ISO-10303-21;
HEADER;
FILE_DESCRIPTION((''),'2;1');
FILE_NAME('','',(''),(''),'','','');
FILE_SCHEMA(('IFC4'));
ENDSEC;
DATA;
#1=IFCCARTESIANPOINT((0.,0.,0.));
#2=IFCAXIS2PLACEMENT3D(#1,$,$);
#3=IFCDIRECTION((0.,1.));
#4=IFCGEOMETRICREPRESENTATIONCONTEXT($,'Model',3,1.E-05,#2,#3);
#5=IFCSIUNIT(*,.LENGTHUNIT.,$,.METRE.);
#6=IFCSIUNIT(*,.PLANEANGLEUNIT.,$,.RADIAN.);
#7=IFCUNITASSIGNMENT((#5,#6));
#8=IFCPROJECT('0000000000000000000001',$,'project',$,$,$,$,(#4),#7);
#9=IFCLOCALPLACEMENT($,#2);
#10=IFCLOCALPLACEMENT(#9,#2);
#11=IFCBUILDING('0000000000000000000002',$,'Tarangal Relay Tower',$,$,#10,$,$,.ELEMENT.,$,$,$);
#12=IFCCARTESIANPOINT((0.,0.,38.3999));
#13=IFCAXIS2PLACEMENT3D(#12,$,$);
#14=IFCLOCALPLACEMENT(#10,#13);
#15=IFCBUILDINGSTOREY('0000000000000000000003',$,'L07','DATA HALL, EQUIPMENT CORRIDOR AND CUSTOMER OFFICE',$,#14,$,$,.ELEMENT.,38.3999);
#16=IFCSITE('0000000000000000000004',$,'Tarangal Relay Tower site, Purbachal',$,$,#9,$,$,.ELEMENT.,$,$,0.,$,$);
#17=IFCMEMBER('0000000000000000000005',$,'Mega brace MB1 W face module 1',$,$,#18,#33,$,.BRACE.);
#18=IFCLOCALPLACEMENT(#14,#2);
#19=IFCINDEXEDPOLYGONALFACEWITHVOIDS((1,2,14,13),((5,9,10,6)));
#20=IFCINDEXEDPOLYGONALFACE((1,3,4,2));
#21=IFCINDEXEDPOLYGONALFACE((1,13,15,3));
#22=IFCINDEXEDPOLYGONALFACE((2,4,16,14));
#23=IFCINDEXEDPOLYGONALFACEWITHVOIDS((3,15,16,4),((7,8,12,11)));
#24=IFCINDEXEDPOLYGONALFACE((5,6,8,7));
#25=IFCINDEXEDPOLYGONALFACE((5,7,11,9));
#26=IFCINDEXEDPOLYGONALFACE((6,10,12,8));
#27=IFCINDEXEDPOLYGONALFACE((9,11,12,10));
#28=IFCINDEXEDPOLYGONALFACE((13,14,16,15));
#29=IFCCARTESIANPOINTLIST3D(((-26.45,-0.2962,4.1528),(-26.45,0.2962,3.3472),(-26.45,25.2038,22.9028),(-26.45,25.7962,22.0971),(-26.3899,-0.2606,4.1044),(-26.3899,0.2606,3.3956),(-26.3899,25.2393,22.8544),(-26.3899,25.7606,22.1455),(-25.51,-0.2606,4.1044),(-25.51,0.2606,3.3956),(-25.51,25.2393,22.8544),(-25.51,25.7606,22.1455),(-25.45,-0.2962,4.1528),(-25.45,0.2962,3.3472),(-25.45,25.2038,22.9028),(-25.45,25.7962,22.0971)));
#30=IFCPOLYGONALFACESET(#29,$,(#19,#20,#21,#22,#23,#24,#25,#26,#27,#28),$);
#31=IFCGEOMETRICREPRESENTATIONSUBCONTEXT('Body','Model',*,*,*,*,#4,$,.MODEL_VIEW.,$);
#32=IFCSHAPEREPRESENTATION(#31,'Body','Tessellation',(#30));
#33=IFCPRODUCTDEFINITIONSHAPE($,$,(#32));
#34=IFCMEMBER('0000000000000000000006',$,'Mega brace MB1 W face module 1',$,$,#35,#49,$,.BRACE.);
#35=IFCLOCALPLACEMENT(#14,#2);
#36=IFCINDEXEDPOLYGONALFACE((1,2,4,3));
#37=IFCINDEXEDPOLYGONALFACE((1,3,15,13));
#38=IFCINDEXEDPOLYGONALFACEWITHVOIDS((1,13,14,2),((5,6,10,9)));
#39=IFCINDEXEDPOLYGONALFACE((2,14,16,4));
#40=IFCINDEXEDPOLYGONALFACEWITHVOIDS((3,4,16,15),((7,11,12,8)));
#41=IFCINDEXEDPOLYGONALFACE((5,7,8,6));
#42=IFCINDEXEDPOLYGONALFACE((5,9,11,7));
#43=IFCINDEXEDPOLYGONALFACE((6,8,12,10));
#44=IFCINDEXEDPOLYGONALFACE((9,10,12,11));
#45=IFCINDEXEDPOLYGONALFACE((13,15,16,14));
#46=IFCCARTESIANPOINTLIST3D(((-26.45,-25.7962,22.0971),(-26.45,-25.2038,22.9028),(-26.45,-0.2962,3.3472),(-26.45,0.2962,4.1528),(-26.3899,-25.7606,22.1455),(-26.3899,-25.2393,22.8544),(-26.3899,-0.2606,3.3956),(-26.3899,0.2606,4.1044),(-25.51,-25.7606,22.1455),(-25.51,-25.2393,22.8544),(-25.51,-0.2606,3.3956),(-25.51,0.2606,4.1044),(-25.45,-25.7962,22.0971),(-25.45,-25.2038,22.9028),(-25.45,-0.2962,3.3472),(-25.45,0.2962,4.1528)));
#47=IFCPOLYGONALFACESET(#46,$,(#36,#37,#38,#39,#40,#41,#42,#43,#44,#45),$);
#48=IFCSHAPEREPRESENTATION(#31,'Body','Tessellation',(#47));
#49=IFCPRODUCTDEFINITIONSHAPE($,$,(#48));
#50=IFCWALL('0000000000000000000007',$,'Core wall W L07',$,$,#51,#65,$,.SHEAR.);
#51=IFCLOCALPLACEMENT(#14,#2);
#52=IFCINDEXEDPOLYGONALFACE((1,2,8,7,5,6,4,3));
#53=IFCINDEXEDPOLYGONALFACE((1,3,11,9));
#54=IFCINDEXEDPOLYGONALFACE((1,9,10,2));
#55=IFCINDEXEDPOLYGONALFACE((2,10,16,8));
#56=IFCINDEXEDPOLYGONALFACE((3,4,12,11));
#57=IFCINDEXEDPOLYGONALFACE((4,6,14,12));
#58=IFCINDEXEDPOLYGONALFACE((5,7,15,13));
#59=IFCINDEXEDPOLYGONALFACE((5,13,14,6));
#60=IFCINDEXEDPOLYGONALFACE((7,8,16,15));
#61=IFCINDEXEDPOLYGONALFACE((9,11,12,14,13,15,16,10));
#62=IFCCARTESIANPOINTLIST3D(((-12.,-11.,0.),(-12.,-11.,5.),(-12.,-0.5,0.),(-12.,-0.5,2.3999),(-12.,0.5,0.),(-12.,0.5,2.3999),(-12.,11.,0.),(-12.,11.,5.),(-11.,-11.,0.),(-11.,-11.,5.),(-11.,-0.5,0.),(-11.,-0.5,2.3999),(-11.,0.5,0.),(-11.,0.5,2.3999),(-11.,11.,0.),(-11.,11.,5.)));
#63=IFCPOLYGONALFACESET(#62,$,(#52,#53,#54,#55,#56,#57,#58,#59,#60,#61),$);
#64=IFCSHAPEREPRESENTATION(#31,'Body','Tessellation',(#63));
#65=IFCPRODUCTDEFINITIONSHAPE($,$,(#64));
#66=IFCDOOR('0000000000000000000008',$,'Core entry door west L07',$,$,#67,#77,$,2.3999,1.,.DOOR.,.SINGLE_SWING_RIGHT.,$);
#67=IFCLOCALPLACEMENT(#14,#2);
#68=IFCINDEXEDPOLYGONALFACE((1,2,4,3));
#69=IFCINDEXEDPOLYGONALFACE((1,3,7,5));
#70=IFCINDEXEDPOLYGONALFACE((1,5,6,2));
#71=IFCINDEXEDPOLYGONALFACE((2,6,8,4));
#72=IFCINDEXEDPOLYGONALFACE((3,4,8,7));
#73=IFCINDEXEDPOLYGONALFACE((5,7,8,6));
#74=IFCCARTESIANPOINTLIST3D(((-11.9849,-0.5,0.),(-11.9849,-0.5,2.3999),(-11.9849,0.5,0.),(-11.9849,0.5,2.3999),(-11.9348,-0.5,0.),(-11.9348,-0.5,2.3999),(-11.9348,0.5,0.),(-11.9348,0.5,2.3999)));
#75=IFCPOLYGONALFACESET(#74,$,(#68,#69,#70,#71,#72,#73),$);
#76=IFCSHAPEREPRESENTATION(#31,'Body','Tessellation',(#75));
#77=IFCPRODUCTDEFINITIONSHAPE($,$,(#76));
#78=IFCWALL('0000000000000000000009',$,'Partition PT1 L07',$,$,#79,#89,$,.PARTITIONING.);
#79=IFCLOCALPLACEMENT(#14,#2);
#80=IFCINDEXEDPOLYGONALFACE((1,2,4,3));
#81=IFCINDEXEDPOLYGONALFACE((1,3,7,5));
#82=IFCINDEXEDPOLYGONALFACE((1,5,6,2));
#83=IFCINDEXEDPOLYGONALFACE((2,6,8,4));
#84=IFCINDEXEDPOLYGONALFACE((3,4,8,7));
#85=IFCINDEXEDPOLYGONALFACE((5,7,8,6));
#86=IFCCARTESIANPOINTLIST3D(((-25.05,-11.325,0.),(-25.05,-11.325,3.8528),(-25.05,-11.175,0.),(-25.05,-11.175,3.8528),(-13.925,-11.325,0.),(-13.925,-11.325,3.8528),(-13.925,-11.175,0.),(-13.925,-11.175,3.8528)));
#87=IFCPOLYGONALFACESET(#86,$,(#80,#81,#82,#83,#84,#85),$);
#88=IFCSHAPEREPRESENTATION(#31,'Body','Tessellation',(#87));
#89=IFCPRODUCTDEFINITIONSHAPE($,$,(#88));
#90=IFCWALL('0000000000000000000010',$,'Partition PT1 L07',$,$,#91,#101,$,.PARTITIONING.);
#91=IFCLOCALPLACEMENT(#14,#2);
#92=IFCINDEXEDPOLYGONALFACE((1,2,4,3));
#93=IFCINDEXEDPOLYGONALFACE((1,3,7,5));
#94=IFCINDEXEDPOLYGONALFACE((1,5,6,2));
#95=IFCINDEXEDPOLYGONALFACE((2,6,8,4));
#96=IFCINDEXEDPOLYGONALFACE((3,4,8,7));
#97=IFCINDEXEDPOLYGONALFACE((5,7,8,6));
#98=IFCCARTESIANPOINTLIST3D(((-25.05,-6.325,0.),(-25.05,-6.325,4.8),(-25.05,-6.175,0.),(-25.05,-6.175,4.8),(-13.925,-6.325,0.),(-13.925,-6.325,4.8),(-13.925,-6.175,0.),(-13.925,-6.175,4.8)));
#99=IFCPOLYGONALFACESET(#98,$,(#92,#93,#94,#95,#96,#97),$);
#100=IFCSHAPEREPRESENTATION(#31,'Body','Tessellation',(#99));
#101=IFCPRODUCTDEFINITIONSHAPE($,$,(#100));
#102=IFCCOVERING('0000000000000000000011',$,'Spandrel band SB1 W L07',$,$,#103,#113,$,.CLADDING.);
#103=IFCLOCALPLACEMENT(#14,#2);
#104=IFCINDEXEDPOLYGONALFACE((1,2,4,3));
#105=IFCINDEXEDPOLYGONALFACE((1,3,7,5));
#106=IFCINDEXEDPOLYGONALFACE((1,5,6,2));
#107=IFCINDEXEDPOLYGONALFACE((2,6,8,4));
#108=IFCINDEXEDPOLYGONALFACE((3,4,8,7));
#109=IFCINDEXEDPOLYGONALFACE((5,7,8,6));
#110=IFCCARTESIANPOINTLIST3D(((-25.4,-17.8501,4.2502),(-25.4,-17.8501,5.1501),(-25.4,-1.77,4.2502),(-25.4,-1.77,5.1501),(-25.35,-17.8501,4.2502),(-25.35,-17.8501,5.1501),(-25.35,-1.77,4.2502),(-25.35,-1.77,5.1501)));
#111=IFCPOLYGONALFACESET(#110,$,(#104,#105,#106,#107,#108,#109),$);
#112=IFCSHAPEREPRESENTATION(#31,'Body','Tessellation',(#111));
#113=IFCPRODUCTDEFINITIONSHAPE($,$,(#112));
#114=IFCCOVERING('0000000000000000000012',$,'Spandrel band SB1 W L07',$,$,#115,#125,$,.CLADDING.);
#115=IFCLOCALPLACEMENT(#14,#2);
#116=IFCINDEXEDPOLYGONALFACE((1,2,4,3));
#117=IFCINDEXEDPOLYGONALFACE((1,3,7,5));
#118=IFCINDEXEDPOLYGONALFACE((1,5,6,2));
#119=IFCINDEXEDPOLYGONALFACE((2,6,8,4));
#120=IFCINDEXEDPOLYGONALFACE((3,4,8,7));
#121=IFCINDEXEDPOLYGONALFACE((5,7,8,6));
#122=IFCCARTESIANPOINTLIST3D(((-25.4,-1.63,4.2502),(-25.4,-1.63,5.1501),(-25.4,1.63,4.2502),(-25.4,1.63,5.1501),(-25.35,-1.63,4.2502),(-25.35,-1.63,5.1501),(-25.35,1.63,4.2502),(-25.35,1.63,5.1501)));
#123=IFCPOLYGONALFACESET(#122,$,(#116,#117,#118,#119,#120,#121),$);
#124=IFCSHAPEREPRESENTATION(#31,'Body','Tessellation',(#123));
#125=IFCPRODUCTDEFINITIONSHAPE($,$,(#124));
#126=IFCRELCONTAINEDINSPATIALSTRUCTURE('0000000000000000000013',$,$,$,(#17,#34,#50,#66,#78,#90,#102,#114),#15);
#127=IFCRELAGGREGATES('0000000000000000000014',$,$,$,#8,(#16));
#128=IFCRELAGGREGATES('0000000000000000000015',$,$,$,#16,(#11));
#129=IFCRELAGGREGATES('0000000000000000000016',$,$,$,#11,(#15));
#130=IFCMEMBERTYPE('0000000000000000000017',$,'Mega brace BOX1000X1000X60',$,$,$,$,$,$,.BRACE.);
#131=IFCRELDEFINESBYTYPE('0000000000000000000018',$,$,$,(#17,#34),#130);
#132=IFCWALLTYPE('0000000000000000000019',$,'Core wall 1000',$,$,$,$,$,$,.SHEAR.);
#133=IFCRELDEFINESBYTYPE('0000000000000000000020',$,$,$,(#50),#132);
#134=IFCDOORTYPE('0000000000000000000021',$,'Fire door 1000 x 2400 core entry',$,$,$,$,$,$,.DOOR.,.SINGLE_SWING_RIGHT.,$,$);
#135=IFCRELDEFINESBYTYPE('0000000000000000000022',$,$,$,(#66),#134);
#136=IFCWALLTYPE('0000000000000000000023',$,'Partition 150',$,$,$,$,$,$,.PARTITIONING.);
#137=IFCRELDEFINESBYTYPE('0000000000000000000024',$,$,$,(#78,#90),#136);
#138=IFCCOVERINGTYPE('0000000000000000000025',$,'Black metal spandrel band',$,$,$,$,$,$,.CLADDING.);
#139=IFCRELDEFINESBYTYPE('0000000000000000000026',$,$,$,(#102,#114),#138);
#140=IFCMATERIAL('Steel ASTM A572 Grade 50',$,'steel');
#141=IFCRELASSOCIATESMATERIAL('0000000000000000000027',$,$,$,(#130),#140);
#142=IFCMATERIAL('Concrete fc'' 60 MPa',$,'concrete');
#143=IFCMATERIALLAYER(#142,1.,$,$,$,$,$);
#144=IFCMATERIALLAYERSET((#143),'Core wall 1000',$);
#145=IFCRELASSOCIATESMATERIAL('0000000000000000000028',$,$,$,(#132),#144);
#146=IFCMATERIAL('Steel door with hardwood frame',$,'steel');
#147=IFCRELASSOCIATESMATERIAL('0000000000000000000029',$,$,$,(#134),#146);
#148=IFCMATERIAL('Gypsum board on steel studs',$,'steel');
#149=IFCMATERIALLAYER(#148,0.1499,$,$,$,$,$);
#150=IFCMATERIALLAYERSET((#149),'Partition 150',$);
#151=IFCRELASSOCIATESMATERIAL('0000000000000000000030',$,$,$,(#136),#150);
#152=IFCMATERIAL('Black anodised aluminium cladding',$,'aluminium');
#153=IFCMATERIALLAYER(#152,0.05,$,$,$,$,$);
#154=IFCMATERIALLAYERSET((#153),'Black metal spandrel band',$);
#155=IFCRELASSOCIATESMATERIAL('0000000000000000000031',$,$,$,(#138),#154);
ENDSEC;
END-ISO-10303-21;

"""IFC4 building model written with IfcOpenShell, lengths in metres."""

from ifc_helpers import new_model, si_unit, direction, frame, frame_2d, origin, origin_2d, place, context, subcontext, project, spatial, rectangle, hollow_rectangle, extrude, material, layer, layer_set, material_profile, profile_set, type_object, element, fill, save


model = new_model("IFC4")

# Units and contexts
model_context = context("Model", 3, precision=1e-05, world=origin(), true_north=direction((0.0, 1.0)))
body_context = subcontext(model_context, "Body", "Model", "MODEL_VIEW")
ifc_project = project(units=[si_unit("LENGTHUNIT", "METRE"), si_unit("PLANEANGLEUNIT", "RADIAN")], contexts=[model_context])

# Site, building, storey
site_placement = place(None, origin())
site = spatial("IfcSite", under=ifc_project, at=site_placement, Name="Tarangal Relay Tower site, Purbachal", CompositionType="ELEMENT", RefElevation=0.0)
building_placement = place(site_placement, origin())
building = spatial("IfcBuilding", under=site, at=building_placement, Name="Tarangal Relay Tower", CompositionType="ELEMENT")
storey_placement = place(building_placement, frame((0.0, 0.0, 38.3999)))
storey = spatial("IfcBuildingStorey", under=building, at=storey_placement, Name="L07", Description="DATA HALL, EQUIPMENT CORRIDOR AND CUSTOMER OFFICE", CompositionType="ELEMENT", Elevation=38.3999)

# Shared definitions
ifc_material_1 = material(Name="Steel ASTM A572 Grade 50", Category="steel")

# Members
ifc_material_profile_1 = material_profile(ifc_material_1, hollow_rectangle(XDim=1.0, YDim=1.0, WallThickness=0.0601, at=origin_2d()), Name="BOX1000X1000X60")
ifc_profile_set_1 = profile_set([ifc_material_profile_1], Name="Steel ASTM A572 Grade 50")
member_type = type_object("IfcMemberType", Name="Mega brace BOX1000X1000X60", PredefinedType="BRACE", material=ifc_profile_set_1)
for number, where, z_axis, x_axis, name in (
    (1, (-25.95, 0.0, 3.75), (0.0, 0.805651, 0.59239), (-1.0, 0.0, 0.0), "Mega brace MB1 W face module 1"),
    (2, (-25.95, 0.0, 3.75), (0.0, -0.805651, 0.59239), (1.0, 0.0, 0.0), "Mega brace MB1 W face module 1"),
):
    element("IfcMember", number, at=place(storey_placement, frame(where, z_axis=z_axis, x_axis=x_axis)), inside=storey, type_object=member_type, Name=name, PredefinedType="BRACE", context=body_context, shape_type="SweptSolid", body=[
        extrude(hollow_rectangle(XDim=1.0, YDim=1.0, WallThickness=0.0601, at=origin_2d()), origin(), (0.0, 0.0, 1.0), 31.6514),
    ])

# Wall, opening, door
ifc_material_2 = material(Name="Concrete fc' 60 MPa", Category="concrete")
ifc_layer_1 = layer(ifc_material_2, 1.0)
ifc_layer_set_1 = layer_set([ifc_layer_1], Name="Core wall 1000")
wall_type_1 = type_object("IfcWallType", Name="Core wall 1000", PredefinedType="SHEAR", material=ifc_layer_set_1)
wall_1_placement = place(storey_placement, frame((-11.5, -11.0, 0.0), z_axis=(0.0, 0.0, 1.0), x_axis=(0.0, 1.0, 0.0)))
wall_1 = element("IfcWall", 3, at=wall_1_placement, inside=storey, type_object=wall_type_1, Name="Core wall W L07", PredefinedType="SHEAR", context=body_context, shape_type="SweptSolid", body=[
    extrude(rectangle(XDim=22.0, YDim=1.0, at=frame_2d((11.0, 0.0))), origin(), (0.0, 0.0, 1.0), 5.0),
])
opening_placement = place(wall_1_placement, frame((10.5, 0.0, 0.0)))
opening = element("IfcOpeningElement", 4, at=opening_placement, cuts=wall_1, PredefinedType="OPENING", context=body_context, shape_type="SweptSolid", body=[
    extrude(rectangle(XDim=1.0, YDim=2.3999, at=frame_2d((0.5, 1.2))), frame((0.0, 0.51, 0.0), z_axis=(0.0, -1.0, 0.0), x_axis=(1.0, 0.0, 0.0)), (0.0, 0.0, 1.0), 1.02),
])
ifc_material_3 = material(Name="Steel door with hardwood frame", Category="steel")
door_type = type_object("IfcDoorType", Name="Fire door 1000 x 2400 core entry", OperationType="SINGLE_SWING_RIGHT", PredefinedType="DOOR", material=ifc_material_3)
door_placement = place(opening_placement, origin())
door = element("IfcDoor", 5, at=door_placement, inside=storey, type_object=door_type, Name="Core entry door west L07", OperationType="SINGLE_SWING_RIGHT", OverallHeight=2.3999, OverallWidth=1.0, PredefinedType="DOOR", context=body_context, shape_type="SweptSolid", body=[
    extrude(rectangle(XDim=1.0, YDim=2.3999, at=frame_2d((0.5, 1.2))), frame((0.0, 0.4849, 0.0), z_axis=(0.0, -1.0, 0.0), x_axis=(1.0, 0.0, 0.0)), (0.0, 0.0, 1.0), 0.05),
])
fill(opening, door)

# Walls
ifc_material_4 = material(Name="Gypsum board on steel studs", Category="steel")
ifc_layer_2 = layer(ifc_material_4, 0.1499)
ifc_layer_set_2 = layer_set([ifc_layer_2], Name="Partition 150")
wall_type_2 = type_object("IfcWallType", Name="Partition 150", PredefinedType="PARTITIONING", material=ifc_layer_set_2)
wall_2_placement = place(storey_placement, frame((-25.05, -11.25, 0.0), z_axis=(0.0, 0.0, 1.0), x_axis=(1.0, 0.0, 0.0)))
element("IfcWall", 6, at=wall_2_placement, inside=storey, type_object=wall_type_2, Name="Partition PT1 L07", PredefinedType="PARTITIONING", context=body_context, shape_type="SweptSolid", body=[
    extrude(rectangle(XDim=11.125, YDim=0.1499, at=frame_2d((5.5625, 0.0))), origin(), (0.0, 0.0, 1.0), 3.8528),
])
wall_3_placement = place(storey_placement, frame((-25.05, -6.25, 0.0), z_axis=(0.0, 0.0, 1.0), x_axis=(1.0, 0.0, 0.0)))
element("IfcWall", 7, at=wall_3_placement, inside=storey, type_object=wall_type_2, Name="Partition PT1 L07", PredefinedType="PARTITIONING", context=body_context, shape_type="SweptSolid", body=[
    extrude(rectangle(XDim=11.125, YDim=0.1499, at=frame_2d((5.5625, 0.0))), origin(), (0.0, 0.0, 1.0), 4.8),
])

# Coverings
ifc_material_5 = material(Name="Black anodised aluminium cladding", Category="aluminium")
ifc_layer_3 = layer(ifc_material_5, 0.05)
ifc_layer_set_3 = layer_set([ifc_layer_3], Name="Black metal spandrel band")
covering_type = type_object("IfcCoveringType", Name="Black metal spandrel band", PredefinedType="CLADDING", material=ifc_layer_set_3)
covering_1_placement = place(storey_placement, frame((-25.375, -9.8101, 4.2502), z_axis=(0.0, 0.0, 1.0), x_axis=(0.0, 1.0, 0.0)))
element("IfcCovering", 8, at=covering_1_placement, inside=storey, type_object=covering_type, Name="Spandrel band SB1 W L07", PredefinedType="CLADDING", context=body_context, shape_type="SweptSolid", body=[
    extrude(rectangle(XDim=16.0801, YDim=0.05, at=origin_2d()), origin(), (0.0, 0.0, 1.0), 0.8999),
])
covering_2_placement = place(storey_placement, frame((-25.375, 0.0, 4.2502), z_axis=(0.0, 0.0, 1.0), x_axis=(0.0, 1.0, 0.0)))
element("IfcCovering", 9, at=covering_2_placement, inside=storey, type_object=covering_type, Name="Spandrel band SB1 W L07", PredefinedType="CLADDING", context=body_context, shape_type="SweptSolid", body=[
    extrude(rectangle(XDim=3.26, YDim=0.05, at=origin_2d()), origin(), (0.0, 0.0, 1.0), 0.8999),
])

save(model, "model.ifc")
